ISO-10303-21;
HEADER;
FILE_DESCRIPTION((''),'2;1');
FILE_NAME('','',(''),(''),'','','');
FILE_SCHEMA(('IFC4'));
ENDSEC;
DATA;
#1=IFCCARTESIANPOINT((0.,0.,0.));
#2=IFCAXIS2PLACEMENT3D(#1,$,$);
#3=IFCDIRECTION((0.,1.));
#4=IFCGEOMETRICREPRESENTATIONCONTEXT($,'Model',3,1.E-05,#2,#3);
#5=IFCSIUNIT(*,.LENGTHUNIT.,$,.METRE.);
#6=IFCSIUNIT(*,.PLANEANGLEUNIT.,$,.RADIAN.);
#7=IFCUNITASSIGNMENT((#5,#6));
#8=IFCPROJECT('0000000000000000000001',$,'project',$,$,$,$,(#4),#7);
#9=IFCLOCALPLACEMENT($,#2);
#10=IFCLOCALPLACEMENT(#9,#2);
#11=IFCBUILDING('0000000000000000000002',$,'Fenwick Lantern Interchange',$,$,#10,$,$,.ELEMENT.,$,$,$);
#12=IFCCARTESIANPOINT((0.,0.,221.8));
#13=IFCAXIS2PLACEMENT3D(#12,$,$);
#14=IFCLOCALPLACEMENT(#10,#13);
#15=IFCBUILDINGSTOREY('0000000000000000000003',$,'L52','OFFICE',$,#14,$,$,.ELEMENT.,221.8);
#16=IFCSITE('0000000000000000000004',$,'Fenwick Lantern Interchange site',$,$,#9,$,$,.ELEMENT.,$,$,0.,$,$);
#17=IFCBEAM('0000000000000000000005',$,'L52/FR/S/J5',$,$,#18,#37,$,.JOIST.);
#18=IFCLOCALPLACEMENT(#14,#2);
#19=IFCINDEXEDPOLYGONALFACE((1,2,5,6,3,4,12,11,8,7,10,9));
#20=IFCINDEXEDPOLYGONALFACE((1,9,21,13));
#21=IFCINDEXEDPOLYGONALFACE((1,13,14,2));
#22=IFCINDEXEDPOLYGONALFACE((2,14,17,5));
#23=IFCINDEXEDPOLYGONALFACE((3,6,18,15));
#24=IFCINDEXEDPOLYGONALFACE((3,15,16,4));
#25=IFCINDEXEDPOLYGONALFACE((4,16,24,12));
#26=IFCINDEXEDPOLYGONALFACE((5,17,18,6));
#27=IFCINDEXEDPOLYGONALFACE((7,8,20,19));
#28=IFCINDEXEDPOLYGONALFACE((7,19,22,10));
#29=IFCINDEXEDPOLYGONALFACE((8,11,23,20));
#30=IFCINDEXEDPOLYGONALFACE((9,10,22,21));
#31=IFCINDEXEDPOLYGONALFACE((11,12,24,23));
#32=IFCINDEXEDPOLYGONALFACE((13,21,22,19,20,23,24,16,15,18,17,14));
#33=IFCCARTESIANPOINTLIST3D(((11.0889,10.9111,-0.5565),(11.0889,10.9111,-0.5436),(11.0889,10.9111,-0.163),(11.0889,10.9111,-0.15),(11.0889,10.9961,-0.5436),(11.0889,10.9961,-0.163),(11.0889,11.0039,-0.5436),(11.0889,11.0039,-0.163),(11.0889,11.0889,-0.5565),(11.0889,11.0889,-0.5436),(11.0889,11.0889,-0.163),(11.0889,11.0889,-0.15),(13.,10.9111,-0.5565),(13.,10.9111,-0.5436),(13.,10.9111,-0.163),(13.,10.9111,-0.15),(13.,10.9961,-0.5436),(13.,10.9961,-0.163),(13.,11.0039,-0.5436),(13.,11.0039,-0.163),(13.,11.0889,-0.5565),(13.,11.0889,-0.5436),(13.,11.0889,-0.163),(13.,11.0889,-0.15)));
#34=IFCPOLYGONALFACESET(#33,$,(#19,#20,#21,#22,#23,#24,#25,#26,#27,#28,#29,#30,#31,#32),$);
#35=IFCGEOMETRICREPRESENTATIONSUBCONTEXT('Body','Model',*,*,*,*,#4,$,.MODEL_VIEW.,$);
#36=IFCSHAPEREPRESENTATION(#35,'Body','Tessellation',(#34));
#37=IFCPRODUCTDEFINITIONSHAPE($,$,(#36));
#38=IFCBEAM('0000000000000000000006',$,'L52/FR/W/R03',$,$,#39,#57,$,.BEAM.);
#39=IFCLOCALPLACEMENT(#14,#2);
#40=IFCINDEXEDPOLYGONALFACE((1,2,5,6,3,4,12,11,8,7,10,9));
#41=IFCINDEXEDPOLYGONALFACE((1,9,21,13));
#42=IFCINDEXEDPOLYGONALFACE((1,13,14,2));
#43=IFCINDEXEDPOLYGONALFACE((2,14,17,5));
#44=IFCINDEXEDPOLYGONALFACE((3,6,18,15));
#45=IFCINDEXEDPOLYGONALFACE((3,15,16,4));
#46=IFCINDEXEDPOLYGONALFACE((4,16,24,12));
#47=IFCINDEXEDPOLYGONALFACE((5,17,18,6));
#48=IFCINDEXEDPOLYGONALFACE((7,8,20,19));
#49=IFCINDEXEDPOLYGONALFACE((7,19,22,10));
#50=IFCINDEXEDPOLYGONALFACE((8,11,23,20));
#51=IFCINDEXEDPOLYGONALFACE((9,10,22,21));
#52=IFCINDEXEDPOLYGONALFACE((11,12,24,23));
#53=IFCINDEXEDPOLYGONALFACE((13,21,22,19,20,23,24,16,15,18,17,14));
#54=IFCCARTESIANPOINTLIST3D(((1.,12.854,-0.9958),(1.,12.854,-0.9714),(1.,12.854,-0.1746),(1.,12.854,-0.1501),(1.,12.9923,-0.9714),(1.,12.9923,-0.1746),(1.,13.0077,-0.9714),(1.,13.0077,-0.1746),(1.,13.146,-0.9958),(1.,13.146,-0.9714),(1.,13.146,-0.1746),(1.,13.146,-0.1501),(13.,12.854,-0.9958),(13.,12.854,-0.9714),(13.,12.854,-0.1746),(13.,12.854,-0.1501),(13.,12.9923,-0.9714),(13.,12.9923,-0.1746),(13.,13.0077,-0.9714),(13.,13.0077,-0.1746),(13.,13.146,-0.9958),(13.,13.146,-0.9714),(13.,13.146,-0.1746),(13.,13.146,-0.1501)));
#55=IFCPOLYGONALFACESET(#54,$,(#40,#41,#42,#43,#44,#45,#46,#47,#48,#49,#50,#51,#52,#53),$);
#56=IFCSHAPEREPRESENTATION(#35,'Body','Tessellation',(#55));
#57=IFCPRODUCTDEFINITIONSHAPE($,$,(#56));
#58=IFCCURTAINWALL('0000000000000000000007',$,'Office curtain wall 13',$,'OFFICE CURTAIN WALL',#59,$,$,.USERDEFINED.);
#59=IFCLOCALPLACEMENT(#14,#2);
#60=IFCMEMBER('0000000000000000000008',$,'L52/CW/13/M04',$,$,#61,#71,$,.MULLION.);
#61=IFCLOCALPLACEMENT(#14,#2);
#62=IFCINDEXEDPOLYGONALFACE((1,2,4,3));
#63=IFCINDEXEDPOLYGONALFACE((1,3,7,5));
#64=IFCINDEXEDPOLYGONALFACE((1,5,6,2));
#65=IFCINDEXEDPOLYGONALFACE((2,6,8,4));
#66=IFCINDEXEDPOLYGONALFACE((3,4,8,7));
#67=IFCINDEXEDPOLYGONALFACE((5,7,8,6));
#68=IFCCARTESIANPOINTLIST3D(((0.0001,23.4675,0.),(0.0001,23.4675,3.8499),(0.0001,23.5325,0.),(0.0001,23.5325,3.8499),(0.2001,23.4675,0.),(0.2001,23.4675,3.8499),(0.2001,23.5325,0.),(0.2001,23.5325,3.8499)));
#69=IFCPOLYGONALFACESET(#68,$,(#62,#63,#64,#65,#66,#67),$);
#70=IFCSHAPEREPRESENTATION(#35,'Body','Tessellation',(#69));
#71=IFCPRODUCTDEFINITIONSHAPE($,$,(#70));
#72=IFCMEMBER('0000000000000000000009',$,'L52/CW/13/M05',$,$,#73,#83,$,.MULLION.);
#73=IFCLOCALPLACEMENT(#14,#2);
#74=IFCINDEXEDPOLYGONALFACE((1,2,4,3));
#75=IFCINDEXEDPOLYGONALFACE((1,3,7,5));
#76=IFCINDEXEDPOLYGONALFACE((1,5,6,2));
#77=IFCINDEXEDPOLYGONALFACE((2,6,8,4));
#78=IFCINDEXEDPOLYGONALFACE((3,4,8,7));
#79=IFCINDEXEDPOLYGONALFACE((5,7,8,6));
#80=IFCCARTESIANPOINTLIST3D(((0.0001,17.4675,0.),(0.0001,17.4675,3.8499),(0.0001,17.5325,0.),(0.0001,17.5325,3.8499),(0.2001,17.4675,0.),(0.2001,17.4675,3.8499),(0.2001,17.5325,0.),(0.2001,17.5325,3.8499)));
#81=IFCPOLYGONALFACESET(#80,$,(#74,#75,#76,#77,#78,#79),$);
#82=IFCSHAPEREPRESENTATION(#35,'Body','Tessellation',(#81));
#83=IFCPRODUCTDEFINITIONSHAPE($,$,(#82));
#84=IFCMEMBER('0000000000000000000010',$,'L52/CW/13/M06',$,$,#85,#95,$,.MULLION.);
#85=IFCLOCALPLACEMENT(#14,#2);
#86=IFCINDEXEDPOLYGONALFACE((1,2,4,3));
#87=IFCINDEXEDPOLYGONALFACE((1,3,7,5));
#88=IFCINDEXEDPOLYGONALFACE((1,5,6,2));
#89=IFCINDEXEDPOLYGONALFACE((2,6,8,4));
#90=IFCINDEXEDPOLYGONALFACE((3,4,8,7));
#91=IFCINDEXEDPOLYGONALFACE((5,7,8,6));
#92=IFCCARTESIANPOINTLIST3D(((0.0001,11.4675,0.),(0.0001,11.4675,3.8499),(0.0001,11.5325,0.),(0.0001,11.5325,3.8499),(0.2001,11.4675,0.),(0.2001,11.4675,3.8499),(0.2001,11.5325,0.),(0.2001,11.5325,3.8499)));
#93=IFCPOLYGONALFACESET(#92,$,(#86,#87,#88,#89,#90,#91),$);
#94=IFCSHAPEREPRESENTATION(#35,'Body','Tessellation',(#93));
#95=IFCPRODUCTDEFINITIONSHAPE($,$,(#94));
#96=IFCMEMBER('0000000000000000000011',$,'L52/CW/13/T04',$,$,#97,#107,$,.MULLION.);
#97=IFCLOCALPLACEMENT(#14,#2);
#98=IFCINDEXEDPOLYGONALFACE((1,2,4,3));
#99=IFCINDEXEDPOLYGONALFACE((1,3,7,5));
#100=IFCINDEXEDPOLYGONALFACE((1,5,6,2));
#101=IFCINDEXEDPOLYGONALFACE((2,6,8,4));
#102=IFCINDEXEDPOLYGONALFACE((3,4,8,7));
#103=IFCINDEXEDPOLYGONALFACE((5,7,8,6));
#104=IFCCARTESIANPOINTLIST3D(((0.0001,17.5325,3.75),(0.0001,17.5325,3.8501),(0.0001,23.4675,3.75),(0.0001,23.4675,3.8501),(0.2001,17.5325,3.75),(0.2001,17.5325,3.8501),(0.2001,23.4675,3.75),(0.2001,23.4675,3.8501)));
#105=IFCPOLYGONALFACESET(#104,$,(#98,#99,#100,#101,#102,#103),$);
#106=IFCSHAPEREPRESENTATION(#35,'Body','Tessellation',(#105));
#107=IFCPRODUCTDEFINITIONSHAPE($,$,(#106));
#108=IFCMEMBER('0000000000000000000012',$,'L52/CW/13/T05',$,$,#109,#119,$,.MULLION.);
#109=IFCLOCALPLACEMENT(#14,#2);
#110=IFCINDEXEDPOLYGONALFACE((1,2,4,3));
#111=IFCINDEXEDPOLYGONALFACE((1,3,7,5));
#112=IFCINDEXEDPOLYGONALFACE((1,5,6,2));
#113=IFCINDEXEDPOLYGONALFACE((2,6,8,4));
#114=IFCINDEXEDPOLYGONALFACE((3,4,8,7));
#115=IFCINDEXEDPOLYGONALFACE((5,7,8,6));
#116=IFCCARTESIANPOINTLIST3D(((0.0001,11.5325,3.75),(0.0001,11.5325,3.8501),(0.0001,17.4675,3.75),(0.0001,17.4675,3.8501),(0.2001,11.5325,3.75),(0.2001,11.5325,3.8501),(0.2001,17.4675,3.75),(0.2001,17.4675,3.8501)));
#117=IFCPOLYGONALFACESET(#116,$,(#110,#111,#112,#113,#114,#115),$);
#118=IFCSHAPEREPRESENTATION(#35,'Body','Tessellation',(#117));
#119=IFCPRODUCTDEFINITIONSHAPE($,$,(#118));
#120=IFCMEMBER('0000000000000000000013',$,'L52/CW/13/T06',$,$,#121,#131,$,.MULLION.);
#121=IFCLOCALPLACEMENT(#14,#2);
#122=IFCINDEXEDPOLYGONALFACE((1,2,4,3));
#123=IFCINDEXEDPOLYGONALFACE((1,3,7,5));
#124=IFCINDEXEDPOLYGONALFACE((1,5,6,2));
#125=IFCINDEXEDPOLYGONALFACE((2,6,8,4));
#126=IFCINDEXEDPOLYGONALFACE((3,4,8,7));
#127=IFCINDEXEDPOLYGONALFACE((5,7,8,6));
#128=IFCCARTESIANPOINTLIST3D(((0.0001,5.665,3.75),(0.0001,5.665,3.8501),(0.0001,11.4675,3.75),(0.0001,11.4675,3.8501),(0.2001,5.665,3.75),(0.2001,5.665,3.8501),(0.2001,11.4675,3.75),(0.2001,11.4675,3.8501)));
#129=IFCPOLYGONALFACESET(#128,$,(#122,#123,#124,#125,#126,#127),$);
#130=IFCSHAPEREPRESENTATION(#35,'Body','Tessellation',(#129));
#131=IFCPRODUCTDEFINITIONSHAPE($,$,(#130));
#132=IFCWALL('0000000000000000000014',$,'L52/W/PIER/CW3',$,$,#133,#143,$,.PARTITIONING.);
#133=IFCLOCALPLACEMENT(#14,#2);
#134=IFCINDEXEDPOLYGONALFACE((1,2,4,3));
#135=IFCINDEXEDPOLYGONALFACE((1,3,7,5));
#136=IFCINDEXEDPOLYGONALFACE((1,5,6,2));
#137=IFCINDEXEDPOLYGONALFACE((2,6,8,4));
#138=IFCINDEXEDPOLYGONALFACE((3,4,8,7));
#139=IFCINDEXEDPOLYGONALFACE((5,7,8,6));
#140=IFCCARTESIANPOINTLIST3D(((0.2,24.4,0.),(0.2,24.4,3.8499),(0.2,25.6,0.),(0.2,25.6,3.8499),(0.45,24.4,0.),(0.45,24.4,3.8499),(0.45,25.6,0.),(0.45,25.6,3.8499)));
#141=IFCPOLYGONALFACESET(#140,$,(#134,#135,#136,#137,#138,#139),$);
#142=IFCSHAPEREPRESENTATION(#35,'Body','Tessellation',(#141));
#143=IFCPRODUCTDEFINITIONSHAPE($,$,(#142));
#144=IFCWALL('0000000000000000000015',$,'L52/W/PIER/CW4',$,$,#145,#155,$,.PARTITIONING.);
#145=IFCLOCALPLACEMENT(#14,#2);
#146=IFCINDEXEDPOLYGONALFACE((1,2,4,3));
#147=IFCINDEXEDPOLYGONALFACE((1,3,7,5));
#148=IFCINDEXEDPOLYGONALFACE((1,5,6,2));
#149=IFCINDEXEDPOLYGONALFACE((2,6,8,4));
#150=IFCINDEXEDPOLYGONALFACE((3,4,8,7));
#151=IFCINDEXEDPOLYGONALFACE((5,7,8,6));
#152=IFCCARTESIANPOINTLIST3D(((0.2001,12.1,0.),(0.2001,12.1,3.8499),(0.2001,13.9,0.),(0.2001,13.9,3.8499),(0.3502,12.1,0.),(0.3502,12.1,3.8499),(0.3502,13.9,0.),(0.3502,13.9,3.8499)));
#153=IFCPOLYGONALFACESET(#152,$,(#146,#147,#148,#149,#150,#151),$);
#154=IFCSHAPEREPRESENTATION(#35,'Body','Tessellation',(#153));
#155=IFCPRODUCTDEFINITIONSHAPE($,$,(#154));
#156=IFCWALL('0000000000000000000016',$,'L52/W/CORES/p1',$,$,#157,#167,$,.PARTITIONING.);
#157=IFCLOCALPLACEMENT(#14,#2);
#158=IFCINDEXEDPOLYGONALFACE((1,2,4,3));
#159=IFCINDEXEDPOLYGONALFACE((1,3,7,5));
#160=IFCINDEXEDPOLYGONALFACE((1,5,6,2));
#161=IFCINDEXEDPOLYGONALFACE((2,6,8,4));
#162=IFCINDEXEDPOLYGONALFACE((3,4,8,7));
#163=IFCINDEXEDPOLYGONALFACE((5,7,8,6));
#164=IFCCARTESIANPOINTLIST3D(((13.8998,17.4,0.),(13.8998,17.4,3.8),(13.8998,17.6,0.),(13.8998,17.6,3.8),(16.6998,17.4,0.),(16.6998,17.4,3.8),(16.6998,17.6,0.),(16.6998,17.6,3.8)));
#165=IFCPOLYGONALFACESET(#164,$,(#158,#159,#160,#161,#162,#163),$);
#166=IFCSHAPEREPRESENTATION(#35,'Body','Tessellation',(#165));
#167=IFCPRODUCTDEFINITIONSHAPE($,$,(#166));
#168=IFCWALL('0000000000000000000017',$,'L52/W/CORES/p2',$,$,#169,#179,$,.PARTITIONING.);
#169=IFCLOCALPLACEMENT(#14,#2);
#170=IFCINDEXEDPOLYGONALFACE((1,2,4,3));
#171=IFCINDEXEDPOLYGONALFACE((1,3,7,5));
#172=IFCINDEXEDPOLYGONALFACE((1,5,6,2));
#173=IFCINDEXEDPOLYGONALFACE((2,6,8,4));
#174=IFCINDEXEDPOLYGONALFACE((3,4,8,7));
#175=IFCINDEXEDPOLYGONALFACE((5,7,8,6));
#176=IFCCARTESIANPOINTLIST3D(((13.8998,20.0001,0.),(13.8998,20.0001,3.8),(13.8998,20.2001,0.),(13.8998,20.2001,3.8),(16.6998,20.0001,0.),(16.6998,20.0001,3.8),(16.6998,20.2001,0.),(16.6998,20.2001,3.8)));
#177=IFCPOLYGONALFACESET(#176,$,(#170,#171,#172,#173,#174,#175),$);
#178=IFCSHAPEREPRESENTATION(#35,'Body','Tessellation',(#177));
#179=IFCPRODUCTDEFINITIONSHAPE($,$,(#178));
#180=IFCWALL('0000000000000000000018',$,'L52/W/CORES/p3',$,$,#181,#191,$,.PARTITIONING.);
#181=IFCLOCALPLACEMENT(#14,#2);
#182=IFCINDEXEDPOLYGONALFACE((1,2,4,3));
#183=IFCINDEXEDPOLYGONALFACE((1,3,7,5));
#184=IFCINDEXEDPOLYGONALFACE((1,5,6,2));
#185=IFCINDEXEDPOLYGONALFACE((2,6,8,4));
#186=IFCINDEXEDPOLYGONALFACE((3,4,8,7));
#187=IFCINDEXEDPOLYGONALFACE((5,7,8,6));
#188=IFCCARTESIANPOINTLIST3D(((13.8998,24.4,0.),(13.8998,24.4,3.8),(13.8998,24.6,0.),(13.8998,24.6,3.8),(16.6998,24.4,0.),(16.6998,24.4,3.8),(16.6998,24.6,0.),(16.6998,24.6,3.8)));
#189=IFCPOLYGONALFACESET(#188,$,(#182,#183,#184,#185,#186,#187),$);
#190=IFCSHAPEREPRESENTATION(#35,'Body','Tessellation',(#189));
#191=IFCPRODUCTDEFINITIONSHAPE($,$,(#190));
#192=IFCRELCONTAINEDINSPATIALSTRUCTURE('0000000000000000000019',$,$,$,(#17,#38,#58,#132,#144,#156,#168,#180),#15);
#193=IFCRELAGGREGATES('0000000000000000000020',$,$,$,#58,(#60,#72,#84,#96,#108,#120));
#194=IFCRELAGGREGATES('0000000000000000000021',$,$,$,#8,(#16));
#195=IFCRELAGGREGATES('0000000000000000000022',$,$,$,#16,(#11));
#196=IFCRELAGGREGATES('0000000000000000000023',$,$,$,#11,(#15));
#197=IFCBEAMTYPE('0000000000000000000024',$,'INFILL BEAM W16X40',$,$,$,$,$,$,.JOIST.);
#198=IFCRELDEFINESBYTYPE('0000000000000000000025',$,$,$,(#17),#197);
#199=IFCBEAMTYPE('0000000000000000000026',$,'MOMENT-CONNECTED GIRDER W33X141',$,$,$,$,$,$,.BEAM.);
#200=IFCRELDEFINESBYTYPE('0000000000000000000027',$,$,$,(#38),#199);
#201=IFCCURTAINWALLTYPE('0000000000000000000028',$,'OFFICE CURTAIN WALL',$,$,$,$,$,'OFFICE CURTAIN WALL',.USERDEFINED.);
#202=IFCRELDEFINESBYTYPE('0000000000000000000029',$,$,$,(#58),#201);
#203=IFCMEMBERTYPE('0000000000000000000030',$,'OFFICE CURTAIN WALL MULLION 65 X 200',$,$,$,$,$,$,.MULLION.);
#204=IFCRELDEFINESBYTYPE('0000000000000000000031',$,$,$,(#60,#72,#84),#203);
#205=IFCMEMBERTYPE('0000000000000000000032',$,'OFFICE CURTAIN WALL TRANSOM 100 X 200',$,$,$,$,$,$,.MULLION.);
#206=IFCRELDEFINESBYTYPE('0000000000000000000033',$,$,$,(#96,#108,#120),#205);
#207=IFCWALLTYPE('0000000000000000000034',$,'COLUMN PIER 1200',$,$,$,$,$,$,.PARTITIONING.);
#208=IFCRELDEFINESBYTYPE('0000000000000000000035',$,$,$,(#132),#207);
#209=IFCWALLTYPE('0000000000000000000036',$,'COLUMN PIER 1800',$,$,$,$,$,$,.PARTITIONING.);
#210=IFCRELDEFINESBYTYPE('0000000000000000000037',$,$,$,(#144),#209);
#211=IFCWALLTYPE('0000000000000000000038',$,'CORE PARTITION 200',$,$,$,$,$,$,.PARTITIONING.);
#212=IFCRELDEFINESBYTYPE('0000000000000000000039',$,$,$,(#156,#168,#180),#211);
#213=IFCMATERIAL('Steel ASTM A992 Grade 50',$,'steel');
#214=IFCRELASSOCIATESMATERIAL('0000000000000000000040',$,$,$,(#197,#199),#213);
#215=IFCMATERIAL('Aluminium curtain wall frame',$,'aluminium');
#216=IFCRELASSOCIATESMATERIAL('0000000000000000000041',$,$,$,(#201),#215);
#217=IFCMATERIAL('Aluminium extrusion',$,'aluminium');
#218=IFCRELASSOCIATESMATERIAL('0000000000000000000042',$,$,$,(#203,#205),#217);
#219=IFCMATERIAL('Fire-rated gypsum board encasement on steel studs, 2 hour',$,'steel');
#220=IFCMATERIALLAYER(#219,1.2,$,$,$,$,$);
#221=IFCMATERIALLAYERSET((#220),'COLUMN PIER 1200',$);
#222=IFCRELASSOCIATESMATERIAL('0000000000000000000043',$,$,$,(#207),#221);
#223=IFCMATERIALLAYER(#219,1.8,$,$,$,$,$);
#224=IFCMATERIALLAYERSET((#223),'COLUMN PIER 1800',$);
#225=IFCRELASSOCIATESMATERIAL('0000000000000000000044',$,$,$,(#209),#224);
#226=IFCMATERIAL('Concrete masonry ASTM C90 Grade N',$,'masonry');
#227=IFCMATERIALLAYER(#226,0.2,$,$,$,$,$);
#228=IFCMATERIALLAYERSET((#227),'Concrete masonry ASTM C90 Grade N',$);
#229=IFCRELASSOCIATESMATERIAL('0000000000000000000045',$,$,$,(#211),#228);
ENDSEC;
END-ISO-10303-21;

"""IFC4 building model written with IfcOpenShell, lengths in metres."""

from ifc_helpers import new_model, si_unit, direction, frame, frame_2d, origin, origin_2d, place, context, subcontext, project, spatial, rectangle, i_section, extrude, material, layer, layer_set, material_profile, profile_set, type_object, element, aggregate, save


model = new_model("IFC4")

# Units and contexts
model_context = context("Model", 3, precision=1e-05, world=origin(), true_north=direction((0.0, 1.0)))
body_context = subcontext(model_context, "Body", "Model", "MODEL_VIEW")
ifc_project = project(units=[si_unit("LENGTHUNIT", "METRE"), si_unit("PLANEANGLEUNIT", "RADIAN")], contexts=[model_context])

# Site, building, storey
site_placement = place(None, origin())
site = spatial("IfcSite", under=ifc_project, at=site_placement, Name="Fenwick Lantern Interchange site", CompositionType="ELEMENT", RefElevation=0.0)
building_placement = place(site_placement, origin())
building = spatial("IfcBuilding", under=site, at=building_placement, Name="Fenwick Lantern Interchange", CompositionType="ELEMENT")
storey_placement = place(building_placement, frame((0.0, 0.0, 221.8)))
storey = spatial("IfcBuildingStorey", under=building, at=storey_placement, Name="L52", Description="OFFICE", CompositionType="ELEMENT", Elevation=221.8)

# Beams
ifc_material_1 = material(Name="Steel ASTM A992 Grade 50", Category="steel")
ifc_material_profile_1 = material_profile(ifc_material_1, i_section(OverallWidth=0.1777, OverallDepth=0.4065, WebThickness=0.0078, FlangeThickness=0.0129, at=origin_2d()), Name="W16X40")
ifc_profile_set_1 = profile_set([ifc_material_profile_1], Name="Steel ASTM A992 Grade 50")
beam_type_1 = type_object("IfcBeamType", Name="INFILL BEAM W16X40", PredefinedType="JOIST", material=ifc_profile_set_1)
beam_1_placement = place(storey_placement, frame((11.0889, 11.0, -0.3533), z_axis=(1.0, 0.0, 0.0), x_axis=(0.0, 1.0, 0.0)))
element("IfcBeam", 1, at=beam_1_placement, inside=storey, type_object=beam_type_1, Name="L52/FR/S/J5", PredefinedType="JOIST", context=body_context, shape_type="SweptSolid", body=[
    extrude(i_section(OverallWidth=0.1777, OverallDepth=0.4065, WebThickness=0.0078, FlangeThickness=0.0129, at=origin_2d()), origin(), (0.0, 0.0, 1.0), 1.9111),
])
ifc_material_profile_2 = material_profile(ifc_material_1, i_section(OverallWidth=0.292, OverallDepth=0.8457, WebThickness=0.0154, FlangeThickness=0.0244, at=origin_2d()), Name="W33X141")
ifc_profile_set_2 = profile_set([ifc_material_profile_2], Name="Steel ASTM A992 Grade 50")
beam_type_2 = type_object("IfcBeamType", Name="MOMENT-CONNECTED GIRDER W33X141", PredefinedType="BEAM", material=ifc_profile_set_2)
beam_2_placement = place(storey_placement, frame((1.0, 13.0, -0.573), z_axis=(1.0, 0.0, 0.0), x_axis=(0.0, 1.0, 0.0)))
element("IfcBeam", 2, at=beam_2_placement, inside=storey, type_object=beam_type_2, Name="L52/FR/W/R03", PredefinedType="BEAM", context=body_context, shape_type="SweptSolid", body=[
    extrude(i_section(OverallWidth=0.292, OverallDepth=0.8457, WebThickness=0.0154, FlangeThickness=0.0244, at=origin_2d()), origin(), (0.0, 0.0, 1.0), 12.0),
])

# Curtain wall, members
ifc_material_2 = material(Name="Aluminium curtain wall frame", Category="aluminium")
curtain_wall_type = type_object("IfcCurtainWallType", Name="OFFICE CURTAIN WALL", ElementType="OFFICE CURTAIN WALL", PredefinedType="USERDEFINED", material=ifc_material_2)
curtain_wall_placement = place(storey_placement, origin())
curtain_wall = element("IfcCurtainWall", 3, at=curtain_wall_placement, inside=storey, type_object=curtain_wall_type, Name="Office curtain wall 13", ObjectType="OFFICE CURTAIN WALL", PredefinedType="USERDEFINED")
ifc_material_3 = material(Name="Aluminium extrusion", Category="aluminium")
ifc_material_profile_3 = material_profile(ifc_material_3, rectangle(XDim=0.2, YDim=0.0649, at=origin_2d()), Name="OFFICE CURTAIN WALL MULLION 65 X 200")
ifc_profile_set_3 = profile_set([ifc_material_profile_3], Name="Aluminium extrusion")
member_type_1 = type_object("IfcMemberType", Name="OFFICE CURTAIN WALL MULLION 65 X 200", PredefinedType="MULLION", material=ifc_profile_set_3)
member_1_placement = place(storey_placement, frame((0.1001, 23.5, 0.0), z_axis=(0.0, 0.0, 1.0), x_axis=(1.0, 0.0, 0.0)))
member_1 = element("IfcMember", 4, at=member_1_placement, type_object=member_type_1, Name="L52/CW/13/M04", PredefinedType="MULLION", context=body_context, shape_type="SweptSolid", body=[
    extrude(rectangle(XDim=0.2, YDim=0.0649, at=origin_2d()), origin(), (0.0, 0.0, 1.0), 3.8499),
])
member_2_placement = place(storey_placement, frame((0.1001, 17.5, 0.0), z_axis=(0.0, 0.0, 1.0), x_axis=(1.0, 0.0, 0.0)))
member_2 = element("IfcMember", 5, at=member_2_placement, type_object=member_type_1, Name="L52/CW/13/M05", PredefinedType="MULLION", context=body_context, shape_type="SweptSolid", body=[
    extrude(rectangle(XDim=0.2, YDim=0.0649, at=origin_2d()), origin(), (0.0, 0.0, 1.0), 3.8499),
])
member_3_placement = place(storey_placement, frame((0.1001, 11.5, 0.0), z_axis=(0.0, 0.0, 1.0), x_axis=(1.0, 0.0, 0.0)))
member_3 = element("IfcMember", 6, at=member_3_placement, type_object=member_type_1, Name="L52/CW/13/M06", PredefinedType="MULLION", context=body_context, shape_type="SweptSolid", body=[
    extrude(rectangle(XDim=0.2, YDim=0.0649, at=origin_2d()), origin(), (0.0, 0.0, 1.0), 3.8499),
])
ifc_material_profile_4 = material_profile(ifc_material_3, rectangle(XDim=0.2, YDim=0.1001, at=origin_2d()), Name="OFFICE CURTAIN WALL TRANSOM 100 X 200")
ifc_profile_set_4 = profile_set([ifc_material_profile_4], Name="Aluminium extrusion")
member_type_2 = type_object("IfcMemberType", Name="OFFICE CURTAIN WALL TRANSOM 100 X 200", PredefinedType="MULLION", material=ifc_profile_set_4)
member_4_placement = place(storey_placement, frame((0.1001, 23.4675, 3.8), z_axis=(0.0, -1.0, 0.0), x_axis=(1.0, 0.0, 0.0)))
member_4 = element("IfcMember", 7, at=member_4_placement, type_object=member_type_2, Name="L52/CW/13/T04", PredefinedType="MULLION", context=body_context, shape_type="SweptSolid", body=[
    extrude(rectangle(XDim=0.2, YDim=0.1001, at=origin_2d()), origin(), (0.0, 0.0, 1.0), 5.9351),
])
member_5_placement = place(storey_placement, frame((0.1001, 17.4675, 3.8), z_axis=(0.0, -1.0, 0.0), x_axis=(1.0, 0.0, 0.0)))
member_5 = element("IfcMember", 8, at=member_5_placement, type_object=member_type_2, Name="L52/CW/13/T05", PredefinedType="MULLION", context=body_context, shape_type="SweptSolid", body=[
    extrude(rectangle(XDim=0.2, YDim=0.1001, at=origin_2d()), origin(), (0.0, 0.0, 1.0), 5.9351),
])
member_6_placement = place(storey_placement, frame((0.1001, 11.4675, 3.8), z_axis=(0.0, -1.0, 0.0), x_axis=(1.0, 0.0, 0.0)))
member_6 = element("IfcMember", 9, at=member_6_placement, type_object=member_type_2, Name="L52/CW/13/T06", PredefinedType="MULLION", context=body_context, shape_type="SweptSolid", body=[
    extrude(rectangle(XDim=0.2, YDim=0.1001, at=origin_2d()), origin(), (0.0, 0.0, 1.0), 5.8025),
])
aggregate(curtain_wall, [member_1, member_2, member_3, member_4, member_5, member_6])

# Walls
ifc_material_4 = material(Name="Fire-rated gypsum board encasement on steel studs, 2 hour", Category="steel")
ifc_layer_1 = layer(ifc_material_4, 1.2)
ifc_layer_set_1 = layer_set([ifc_layer_1], Name="COLUMN PIER 1200")
wall_type_1 = type_object("IfcWallType", Name="COLUMN PIER 1200", PredefinedType="PARTITIONING", material=ifc_layer_set_1)
wall_1_placement = place(storey_placement, frame((0.2, 25.0, 0.0), z_axis=(0.0, 0.0, 1.0), x_axis=(1.0, 0.0, 0.0)))
element("IfcWall", 10, at=wall_1_placement, inside=storey, type_object=wall_type_1, Name="L52/W/PIER/CW3", PredefinedType="PARTITIONING", context=body_context, shape_type="SweptSolid", body=[
    extrude(rectangle(XDim=0.25, YDim=1.2, at=frame_2d((0.125, 0.0))), origin(), (0.0, 0.0, 1.0), 3.8499),
])
ifc_layer_2 = layer(ifc_material_4, 1.8)
ifc_layer_set_2 = layer_set([ifc_layer_2], Name="COLUMN PIER 1800")
wall_type_2 = type_object("IfcWallType", Name="COLUMN PIER 1800", PredefinedType="PARTITIONING", material=ifc_layer_set_2)
wall_2_placement = place(storey_placement, frame((0.2, 13.0, 0.0), z_axis=(0.0, 0.0, 1.0), x_axis=(1.0, 0.0, 0.0)))
element("IfcWall", 11, at=wall_2_placement, inside=storey, type_object=wall_type_2, Name="L52/W/PIER/CW4", PredefinedType="PARTITIONING", context=body_context, shape_type="SweptSolid", body=[
    extrude(rectangle(XDim=0.1501, YDim=1.8, at=frame_2d((0.0752, 0.0))), origin(), (0.0, 0.0, 1.0), 3.8499),
])
ifc_material_5 = material(Name="Concrete masonry ASTM C90 Grade N", Category="masonry")
ifc_layer_3 = layer(ifc_material_5, 0.2)
ifc_layer_set_3 = layer_set([ifc_layer_3], Name="Concrete masonry ASTM C90 Grade N")
wall_type_3 = type_object("IfcWallType", Name="CORE PARTITION 200", PredefinedType="PARTITIONING", material=ifc_layer_set_3)
for number, where, z_axis, x_axis, name in (
    (12, (13.8999, 17.5, 0.0), (0.0, 0.0, 1.0), (1.0, 0.0, 0.0), "L52/W/CORES/p1"),
    (13, (13.8999, 20.1001, 0.0), (0.0, 0.0, 1.0), (1.0, 0.0, 0.0), "L52/W/CORES/p2"),
    (14, (13.8999, 24.5, 0.0), (0.0, 0.0, 1.0), (1.0, 0.0, 0.0), "L52/W/CORES/p3"),
):
    element("IfcWall", number, at=place(storey_placement, frame(where, z_axis=z_axis, x_axis=x_axis)), inside=storey, type_object=wall_type_3, Name=name, PredefinedType="PARTITIONING", context=body_context, shape_type="SweptSolid", body=[
        extrude(rectangle(XDim=2.8, YDim=0.2, at=frame_2d((1.3999, 0.0))), origin(), (0.0, 0.0, 1.0), 3.8),
    ])

save(model, "model.ifc")
